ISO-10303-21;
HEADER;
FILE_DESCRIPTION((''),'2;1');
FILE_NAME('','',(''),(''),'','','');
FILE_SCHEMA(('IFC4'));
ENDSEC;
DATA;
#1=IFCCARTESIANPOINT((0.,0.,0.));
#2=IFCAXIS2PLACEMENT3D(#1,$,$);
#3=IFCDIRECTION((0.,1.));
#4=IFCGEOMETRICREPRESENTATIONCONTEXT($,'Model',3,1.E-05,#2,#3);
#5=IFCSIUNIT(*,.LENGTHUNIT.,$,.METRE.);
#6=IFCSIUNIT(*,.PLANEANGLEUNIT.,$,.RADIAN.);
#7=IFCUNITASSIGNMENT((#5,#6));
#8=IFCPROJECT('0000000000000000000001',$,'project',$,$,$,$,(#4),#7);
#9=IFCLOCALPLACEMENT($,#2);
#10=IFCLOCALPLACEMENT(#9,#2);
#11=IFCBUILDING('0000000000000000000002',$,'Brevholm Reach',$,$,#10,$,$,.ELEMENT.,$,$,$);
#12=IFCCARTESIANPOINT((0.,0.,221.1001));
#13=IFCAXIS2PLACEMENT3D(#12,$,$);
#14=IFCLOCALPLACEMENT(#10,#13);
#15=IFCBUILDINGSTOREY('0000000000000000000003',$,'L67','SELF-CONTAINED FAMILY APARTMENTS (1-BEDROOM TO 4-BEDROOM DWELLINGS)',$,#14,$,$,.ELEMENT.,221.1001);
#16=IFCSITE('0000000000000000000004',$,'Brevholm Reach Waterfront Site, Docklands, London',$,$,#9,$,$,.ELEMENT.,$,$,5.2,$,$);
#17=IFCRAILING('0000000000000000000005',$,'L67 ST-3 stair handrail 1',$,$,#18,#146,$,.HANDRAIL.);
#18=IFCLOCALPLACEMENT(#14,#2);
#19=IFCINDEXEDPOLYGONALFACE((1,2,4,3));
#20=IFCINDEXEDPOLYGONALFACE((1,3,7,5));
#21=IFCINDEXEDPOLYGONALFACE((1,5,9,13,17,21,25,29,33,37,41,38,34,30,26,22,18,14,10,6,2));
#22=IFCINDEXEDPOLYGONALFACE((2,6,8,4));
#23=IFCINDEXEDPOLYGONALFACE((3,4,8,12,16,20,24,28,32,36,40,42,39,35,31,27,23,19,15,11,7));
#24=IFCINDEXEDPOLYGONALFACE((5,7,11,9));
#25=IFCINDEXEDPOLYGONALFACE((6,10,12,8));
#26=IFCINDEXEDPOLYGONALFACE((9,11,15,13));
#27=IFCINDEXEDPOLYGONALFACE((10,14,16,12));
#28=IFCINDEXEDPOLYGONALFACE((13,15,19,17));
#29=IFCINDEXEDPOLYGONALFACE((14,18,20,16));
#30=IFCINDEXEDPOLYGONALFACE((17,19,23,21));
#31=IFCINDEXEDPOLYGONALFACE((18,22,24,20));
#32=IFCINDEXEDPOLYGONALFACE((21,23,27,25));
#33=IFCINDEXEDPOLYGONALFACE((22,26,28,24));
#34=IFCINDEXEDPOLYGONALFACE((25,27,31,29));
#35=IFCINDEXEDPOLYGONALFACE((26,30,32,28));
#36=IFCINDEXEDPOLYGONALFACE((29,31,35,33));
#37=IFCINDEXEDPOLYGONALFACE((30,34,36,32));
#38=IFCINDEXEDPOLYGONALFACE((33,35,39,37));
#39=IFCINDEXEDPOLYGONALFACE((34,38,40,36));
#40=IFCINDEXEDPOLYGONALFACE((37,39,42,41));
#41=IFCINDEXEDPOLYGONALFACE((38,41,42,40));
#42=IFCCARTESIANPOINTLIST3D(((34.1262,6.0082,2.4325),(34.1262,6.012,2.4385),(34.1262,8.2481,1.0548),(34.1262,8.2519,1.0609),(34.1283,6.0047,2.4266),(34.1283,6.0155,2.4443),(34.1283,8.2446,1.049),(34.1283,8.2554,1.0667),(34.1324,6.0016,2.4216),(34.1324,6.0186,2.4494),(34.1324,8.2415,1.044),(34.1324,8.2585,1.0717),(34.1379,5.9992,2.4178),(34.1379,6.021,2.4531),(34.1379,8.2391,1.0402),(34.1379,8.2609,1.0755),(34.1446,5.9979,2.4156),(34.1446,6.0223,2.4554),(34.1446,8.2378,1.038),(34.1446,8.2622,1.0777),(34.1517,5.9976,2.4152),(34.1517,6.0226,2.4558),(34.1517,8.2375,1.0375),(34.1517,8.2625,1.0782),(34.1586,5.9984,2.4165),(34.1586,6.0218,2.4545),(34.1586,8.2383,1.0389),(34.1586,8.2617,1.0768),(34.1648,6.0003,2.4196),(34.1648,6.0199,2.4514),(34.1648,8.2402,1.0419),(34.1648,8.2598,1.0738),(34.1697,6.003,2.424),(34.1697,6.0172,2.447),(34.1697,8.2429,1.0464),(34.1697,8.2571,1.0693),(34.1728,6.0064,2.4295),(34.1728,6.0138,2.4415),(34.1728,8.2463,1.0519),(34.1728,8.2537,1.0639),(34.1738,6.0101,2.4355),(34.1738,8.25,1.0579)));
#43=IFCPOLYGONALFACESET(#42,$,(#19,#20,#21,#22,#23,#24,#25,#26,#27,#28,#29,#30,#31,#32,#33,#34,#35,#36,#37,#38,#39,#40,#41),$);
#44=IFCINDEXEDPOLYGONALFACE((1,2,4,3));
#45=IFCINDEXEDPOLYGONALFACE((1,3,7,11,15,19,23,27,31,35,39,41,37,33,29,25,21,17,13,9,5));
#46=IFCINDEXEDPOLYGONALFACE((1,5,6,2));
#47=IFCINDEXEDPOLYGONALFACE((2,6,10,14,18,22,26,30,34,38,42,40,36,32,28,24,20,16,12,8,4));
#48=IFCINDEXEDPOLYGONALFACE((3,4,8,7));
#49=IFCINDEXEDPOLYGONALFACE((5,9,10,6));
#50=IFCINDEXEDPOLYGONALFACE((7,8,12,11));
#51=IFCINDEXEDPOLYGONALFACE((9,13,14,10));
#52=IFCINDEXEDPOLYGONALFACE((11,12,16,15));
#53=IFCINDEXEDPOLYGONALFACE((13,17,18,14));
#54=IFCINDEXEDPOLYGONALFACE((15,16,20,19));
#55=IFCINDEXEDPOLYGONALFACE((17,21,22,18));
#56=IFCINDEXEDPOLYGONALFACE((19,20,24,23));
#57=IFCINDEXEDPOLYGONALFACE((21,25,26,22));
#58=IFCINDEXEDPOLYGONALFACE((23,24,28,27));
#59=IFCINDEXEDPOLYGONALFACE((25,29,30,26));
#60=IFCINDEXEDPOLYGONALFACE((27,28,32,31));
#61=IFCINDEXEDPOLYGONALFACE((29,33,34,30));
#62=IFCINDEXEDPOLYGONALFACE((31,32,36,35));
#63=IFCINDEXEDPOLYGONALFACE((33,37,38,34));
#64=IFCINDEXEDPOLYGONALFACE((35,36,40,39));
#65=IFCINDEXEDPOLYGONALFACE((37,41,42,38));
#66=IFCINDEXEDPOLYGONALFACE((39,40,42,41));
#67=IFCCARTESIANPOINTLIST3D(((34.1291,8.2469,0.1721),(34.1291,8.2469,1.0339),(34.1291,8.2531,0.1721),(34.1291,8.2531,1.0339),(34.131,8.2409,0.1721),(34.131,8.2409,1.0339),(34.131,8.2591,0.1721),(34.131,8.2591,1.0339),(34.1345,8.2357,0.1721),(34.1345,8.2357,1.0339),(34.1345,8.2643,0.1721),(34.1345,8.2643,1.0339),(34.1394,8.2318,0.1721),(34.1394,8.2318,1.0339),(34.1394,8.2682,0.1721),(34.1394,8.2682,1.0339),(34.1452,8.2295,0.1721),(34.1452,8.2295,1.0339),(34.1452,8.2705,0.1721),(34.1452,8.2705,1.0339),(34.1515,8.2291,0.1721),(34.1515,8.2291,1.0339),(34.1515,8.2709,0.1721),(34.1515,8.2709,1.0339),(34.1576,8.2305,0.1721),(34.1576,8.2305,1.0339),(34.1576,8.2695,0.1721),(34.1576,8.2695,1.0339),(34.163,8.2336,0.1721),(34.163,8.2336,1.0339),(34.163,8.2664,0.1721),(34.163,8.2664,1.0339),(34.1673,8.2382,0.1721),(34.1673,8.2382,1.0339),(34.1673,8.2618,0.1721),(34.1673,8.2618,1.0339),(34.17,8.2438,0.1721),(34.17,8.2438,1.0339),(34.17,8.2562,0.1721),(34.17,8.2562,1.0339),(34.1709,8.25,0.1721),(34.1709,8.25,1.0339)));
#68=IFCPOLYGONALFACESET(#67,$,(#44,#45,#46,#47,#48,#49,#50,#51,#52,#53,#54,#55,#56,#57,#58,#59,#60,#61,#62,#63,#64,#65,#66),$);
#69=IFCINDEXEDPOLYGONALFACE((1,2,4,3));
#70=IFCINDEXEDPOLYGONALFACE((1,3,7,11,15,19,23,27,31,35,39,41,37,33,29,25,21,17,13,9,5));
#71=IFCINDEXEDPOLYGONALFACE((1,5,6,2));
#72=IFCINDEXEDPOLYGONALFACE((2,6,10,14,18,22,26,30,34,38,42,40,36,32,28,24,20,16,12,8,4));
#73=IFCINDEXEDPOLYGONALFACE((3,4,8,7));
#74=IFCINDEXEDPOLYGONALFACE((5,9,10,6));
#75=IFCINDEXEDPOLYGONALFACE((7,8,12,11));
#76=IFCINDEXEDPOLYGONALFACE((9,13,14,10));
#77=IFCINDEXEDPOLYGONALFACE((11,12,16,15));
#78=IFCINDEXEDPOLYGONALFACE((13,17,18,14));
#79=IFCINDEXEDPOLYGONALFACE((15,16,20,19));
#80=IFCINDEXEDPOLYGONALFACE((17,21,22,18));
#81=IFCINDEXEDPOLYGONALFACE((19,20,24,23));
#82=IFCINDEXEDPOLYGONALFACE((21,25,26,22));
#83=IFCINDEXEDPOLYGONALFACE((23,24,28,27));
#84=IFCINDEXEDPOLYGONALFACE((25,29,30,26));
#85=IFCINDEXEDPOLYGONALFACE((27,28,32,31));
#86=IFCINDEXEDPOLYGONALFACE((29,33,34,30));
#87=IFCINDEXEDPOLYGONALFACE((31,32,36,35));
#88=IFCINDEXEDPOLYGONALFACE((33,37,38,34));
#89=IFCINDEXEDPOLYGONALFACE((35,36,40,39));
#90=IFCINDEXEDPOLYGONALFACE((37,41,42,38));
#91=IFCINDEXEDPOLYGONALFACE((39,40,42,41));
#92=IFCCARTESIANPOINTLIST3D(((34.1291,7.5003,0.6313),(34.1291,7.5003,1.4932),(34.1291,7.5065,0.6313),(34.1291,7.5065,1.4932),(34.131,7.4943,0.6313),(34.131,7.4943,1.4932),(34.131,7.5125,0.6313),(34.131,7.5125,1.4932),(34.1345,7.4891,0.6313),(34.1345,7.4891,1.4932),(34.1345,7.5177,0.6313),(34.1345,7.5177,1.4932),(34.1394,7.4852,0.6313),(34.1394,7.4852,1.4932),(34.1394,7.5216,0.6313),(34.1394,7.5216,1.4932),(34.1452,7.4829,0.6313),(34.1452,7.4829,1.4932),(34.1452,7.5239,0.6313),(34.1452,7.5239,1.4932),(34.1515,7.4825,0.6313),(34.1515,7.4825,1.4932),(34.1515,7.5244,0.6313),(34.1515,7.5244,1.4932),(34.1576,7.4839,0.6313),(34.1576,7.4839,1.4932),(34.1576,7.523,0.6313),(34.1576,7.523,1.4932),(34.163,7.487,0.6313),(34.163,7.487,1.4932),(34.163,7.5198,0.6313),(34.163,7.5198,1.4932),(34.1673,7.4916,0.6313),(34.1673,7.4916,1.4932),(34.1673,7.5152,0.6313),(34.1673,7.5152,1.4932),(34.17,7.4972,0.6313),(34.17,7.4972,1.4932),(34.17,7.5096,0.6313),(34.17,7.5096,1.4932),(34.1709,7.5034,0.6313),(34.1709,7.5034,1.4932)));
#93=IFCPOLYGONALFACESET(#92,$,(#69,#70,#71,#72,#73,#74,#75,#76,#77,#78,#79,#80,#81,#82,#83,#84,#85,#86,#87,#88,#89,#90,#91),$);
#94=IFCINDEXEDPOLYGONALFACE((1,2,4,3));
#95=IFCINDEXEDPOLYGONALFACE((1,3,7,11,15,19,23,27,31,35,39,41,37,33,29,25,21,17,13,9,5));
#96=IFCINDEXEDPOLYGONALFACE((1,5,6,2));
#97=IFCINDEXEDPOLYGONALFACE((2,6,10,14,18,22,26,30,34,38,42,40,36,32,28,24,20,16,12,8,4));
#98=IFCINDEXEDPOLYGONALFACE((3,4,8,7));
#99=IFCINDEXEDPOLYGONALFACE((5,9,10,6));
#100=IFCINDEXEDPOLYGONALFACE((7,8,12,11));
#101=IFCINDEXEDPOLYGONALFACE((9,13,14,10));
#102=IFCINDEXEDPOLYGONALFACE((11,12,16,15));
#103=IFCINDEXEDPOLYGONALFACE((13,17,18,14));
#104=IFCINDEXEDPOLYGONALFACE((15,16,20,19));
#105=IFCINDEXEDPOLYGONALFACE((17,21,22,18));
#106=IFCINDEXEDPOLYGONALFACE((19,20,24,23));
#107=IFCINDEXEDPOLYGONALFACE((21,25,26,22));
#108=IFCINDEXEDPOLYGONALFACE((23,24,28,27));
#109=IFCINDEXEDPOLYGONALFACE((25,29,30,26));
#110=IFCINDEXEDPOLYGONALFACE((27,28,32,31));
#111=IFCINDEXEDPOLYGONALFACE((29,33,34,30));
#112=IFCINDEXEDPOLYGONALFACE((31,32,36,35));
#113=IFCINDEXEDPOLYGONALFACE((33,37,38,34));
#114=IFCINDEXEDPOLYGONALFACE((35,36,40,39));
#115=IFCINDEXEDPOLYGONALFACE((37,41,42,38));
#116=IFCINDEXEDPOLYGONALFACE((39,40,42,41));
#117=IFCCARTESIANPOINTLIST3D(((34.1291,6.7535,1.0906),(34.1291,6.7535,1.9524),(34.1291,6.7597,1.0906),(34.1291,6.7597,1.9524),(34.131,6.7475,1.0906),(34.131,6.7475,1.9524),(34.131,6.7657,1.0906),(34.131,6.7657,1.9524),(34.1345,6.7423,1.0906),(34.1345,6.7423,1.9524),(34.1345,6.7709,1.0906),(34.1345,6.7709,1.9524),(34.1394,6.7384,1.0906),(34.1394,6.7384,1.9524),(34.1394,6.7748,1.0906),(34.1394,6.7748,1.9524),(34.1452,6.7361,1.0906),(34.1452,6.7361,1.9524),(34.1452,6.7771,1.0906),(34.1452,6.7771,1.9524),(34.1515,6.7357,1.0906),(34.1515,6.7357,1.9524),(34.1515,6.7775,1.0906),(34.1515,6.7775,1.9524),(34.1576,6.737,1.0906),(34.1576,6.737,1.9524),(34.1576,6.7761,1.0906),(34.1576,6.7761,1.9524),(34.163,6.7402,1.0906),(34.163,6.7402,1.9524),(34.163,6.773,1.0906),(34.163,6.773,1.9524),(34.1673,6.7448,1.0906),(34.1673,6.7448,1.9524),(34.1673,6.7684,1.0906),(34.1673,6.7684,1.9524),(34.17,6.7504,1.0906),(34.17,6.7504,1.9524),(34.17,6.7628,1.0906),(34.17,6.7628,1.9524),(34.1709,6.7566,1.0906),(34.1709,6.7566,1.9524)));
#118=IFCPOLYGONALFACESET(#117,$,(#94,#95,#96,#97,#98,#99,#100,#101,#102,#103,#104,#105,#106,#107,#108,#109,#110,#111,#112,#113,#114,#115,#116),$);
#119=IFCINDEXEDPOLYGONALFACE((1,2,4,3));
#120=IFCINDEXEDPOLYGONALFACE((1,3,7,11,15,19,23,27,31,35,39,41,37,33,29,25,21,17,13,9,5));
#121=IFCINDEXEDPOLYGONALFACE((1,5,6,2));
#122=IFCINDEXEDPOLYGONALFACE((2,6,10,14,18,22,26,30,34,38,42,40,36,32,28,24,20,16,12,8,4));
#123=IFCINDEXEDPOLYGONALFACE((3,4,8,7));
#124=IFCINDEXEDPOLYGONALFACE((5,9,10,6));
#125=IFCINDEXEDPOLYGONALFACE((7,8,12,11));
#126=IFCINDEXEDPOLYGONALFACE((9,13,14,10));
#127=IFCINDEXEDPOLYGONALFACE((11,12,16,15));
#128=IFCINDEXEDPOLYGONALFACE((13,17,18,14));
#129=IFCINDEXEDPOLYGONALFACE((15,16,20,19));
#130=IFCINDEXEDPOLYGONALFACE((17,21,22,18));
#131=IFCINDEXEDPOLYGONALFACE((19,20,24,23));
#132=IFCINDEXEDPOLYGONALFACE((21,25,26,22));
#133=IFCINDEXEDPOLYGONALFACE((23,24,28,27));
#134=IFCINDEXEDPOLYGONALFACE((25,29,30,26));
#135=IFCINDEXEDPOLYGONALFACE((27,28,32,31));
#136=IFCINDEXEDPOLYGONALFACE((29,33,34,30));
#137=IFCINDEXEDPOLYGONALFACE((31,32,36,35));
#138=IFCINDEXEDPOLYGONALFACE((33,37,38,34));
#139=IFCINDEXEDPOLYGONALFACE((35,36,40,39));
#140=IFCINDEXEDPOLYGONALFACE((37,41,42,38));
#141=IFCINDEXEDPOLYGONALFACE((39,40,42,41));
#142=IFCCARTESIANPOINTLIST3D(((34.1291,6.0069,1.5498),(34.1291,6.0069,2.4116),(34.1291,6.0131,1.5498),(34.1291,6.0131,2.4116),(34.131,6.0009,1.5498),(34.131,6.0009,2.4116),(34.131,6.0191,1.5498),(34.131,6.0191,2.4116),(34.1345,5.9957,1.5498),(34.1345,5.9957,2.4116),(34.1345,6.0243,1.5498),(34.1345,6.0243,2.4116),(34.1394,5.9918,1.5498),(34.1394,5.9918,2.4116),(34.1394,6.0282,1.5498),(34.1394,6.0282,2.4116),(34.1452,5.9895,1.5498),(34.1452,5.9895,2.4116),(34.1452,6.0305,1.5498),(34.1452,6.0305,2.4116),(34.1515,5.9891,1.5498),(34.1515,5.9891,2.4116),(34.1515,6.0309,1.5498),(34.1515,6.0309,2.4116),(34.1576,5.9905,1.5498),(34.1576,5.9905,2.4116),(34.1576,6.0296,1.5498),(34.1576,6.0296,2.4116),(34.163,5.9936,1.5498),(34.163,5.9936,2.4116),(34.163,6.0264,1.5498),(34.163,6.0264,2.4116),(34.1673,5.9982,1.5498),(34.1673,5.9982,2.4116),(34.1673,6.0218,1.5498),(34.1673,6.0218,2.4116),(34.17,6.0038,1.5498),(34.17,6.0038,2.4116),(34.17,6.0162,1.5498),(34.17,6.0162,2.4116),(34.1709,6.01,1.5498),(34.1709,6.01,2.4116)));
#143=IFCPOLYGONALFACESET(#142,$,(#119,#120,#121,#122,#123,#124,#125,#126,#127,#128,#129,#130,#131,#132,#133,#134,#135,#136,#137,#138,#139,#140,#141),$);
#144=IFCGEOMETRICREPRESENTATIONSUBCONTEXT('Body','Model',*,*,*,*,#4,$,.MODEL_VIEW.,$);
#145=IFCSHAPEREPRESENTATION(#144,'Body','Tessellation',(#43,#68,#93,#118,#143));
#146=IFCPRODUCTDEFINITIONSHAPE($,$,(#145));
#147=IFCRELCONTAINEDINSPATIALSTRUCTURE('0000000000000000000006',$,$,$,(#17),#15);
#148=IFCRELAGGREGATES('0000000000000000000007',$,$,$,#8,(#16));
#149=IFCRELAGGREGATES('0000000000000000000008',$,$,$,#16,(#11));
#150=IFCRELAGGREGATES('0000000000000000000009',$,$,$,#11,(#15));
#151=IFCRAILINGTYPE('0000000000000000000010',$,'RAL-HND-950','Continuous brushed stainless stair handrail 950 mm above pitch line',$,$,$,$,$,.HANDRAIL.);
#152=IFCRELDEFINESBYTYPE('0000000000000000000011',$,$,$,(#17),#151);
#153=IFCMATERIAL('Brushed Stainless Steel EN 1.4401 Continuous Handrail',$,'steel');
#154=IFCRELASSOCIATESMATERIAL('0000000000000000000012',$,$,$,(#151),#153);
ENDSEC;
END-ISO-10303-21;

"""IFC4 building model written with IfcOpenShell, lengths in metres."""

from ifc_helpers import new_model, si_unit, direction, frame, origin, origin_2d, place, context, subcontext, project, spatial, circle, extrude, material, type_object, element, save


model = new_model("IFC4")

# Units and contexts
model_context = context("Model", 3, precision=1e-05, world=origin(), true_north=direction((0.0, 1.0)))
body_context = subcontext(model_context, "Body", "Model", "MODEL_VIEW")
ifc_project = project(units=[si_unit("LENGTHUNIT", "METRE"), si_unit("PLANEANGLEUNIT", "RADIAN")], contexts=[model_context])

# Site, building, storey
site_placement = place(None, origin())
site = spatial("IfcSite", under=ifc_project, at=site_placement, Name="Brevholm Reach Waterfront Site, Docklands, London", CompositionType="ELEMENT", RefElevation=5.2)
building_placement = place(site_placement, origin())
building = spatial("IfcBuilding", under=site, at=building_placement, Name="Brevholm Reach", CompositionType="ELEMENT")
storey_placement = place(building_placement, frame((0.0, 0.0, 221.1001)))
storey = spatial("IfcBuildingStorey", under=building, at=storey_placement, Name="L67", Description="SELF-CONTAINED FAMILY APARTMENTS (1-BEDROOM TO 4-BEDROOM DWELLINGS)", CompositionType="ELEMENT", Elevation=221.1001)

# Railing
ifc_material_1 = material(Name="Brushed Stainless Steel EN 1.4401 Continuous Handrail", Category="steel")
railing_type_1 = type_object("IfcRailingType", Name="RAL-HND-950", Description="Continuous brushed stainless stair handrail 950 mm above pitch line", PredefinedType="HANDRAIL", material=ifc_material_1)
railing_1_placement = place(storey_placement, frame((34.1499, 8.25, 0.1721)))
element("IfcRailing", 1, at=railing_1_placement, inside=storey, type_object=railing_type_1, Name="L67 ST-3 stair handrail 1", PredefinedType="HANDRAIL", context=body_context, shape_type="SweptSolid", body=[
    extrude(circle(Radius=0.0239, at=origin_2d()), frame((0.0, 0.0, 0.8857), z_axis=(0.0, -0.851789, 0.523885), x_axis=(1.0, 0.0, 0.0)), (0.0, 0.0, 1.0), 2.6296),
    extrude(circle(Radius=0.021, at=origin_2d()), origin(), (0.0, 0.0, 1.0), 0.8618),
    extrude(circle(Radius=0.021, at=origin_2d()), frame((0.0, -0.7466, 0.4592)), (0.0, 0.0, 1.0), 0.8618),
    extrude(circle(Radius=0.021, at=origin_2d()), frame((0.0, -1.4934, 0.9185)), (0.0, 0.0, 1.0), 0.8618),
    extrude(circle(Radius=0.021, at=origin_2d()), frame((0.0, -2.24, 1.3777)), (0.0, 0.0, 1.0), 0.8618),
])

save(model, "model.ifc")
